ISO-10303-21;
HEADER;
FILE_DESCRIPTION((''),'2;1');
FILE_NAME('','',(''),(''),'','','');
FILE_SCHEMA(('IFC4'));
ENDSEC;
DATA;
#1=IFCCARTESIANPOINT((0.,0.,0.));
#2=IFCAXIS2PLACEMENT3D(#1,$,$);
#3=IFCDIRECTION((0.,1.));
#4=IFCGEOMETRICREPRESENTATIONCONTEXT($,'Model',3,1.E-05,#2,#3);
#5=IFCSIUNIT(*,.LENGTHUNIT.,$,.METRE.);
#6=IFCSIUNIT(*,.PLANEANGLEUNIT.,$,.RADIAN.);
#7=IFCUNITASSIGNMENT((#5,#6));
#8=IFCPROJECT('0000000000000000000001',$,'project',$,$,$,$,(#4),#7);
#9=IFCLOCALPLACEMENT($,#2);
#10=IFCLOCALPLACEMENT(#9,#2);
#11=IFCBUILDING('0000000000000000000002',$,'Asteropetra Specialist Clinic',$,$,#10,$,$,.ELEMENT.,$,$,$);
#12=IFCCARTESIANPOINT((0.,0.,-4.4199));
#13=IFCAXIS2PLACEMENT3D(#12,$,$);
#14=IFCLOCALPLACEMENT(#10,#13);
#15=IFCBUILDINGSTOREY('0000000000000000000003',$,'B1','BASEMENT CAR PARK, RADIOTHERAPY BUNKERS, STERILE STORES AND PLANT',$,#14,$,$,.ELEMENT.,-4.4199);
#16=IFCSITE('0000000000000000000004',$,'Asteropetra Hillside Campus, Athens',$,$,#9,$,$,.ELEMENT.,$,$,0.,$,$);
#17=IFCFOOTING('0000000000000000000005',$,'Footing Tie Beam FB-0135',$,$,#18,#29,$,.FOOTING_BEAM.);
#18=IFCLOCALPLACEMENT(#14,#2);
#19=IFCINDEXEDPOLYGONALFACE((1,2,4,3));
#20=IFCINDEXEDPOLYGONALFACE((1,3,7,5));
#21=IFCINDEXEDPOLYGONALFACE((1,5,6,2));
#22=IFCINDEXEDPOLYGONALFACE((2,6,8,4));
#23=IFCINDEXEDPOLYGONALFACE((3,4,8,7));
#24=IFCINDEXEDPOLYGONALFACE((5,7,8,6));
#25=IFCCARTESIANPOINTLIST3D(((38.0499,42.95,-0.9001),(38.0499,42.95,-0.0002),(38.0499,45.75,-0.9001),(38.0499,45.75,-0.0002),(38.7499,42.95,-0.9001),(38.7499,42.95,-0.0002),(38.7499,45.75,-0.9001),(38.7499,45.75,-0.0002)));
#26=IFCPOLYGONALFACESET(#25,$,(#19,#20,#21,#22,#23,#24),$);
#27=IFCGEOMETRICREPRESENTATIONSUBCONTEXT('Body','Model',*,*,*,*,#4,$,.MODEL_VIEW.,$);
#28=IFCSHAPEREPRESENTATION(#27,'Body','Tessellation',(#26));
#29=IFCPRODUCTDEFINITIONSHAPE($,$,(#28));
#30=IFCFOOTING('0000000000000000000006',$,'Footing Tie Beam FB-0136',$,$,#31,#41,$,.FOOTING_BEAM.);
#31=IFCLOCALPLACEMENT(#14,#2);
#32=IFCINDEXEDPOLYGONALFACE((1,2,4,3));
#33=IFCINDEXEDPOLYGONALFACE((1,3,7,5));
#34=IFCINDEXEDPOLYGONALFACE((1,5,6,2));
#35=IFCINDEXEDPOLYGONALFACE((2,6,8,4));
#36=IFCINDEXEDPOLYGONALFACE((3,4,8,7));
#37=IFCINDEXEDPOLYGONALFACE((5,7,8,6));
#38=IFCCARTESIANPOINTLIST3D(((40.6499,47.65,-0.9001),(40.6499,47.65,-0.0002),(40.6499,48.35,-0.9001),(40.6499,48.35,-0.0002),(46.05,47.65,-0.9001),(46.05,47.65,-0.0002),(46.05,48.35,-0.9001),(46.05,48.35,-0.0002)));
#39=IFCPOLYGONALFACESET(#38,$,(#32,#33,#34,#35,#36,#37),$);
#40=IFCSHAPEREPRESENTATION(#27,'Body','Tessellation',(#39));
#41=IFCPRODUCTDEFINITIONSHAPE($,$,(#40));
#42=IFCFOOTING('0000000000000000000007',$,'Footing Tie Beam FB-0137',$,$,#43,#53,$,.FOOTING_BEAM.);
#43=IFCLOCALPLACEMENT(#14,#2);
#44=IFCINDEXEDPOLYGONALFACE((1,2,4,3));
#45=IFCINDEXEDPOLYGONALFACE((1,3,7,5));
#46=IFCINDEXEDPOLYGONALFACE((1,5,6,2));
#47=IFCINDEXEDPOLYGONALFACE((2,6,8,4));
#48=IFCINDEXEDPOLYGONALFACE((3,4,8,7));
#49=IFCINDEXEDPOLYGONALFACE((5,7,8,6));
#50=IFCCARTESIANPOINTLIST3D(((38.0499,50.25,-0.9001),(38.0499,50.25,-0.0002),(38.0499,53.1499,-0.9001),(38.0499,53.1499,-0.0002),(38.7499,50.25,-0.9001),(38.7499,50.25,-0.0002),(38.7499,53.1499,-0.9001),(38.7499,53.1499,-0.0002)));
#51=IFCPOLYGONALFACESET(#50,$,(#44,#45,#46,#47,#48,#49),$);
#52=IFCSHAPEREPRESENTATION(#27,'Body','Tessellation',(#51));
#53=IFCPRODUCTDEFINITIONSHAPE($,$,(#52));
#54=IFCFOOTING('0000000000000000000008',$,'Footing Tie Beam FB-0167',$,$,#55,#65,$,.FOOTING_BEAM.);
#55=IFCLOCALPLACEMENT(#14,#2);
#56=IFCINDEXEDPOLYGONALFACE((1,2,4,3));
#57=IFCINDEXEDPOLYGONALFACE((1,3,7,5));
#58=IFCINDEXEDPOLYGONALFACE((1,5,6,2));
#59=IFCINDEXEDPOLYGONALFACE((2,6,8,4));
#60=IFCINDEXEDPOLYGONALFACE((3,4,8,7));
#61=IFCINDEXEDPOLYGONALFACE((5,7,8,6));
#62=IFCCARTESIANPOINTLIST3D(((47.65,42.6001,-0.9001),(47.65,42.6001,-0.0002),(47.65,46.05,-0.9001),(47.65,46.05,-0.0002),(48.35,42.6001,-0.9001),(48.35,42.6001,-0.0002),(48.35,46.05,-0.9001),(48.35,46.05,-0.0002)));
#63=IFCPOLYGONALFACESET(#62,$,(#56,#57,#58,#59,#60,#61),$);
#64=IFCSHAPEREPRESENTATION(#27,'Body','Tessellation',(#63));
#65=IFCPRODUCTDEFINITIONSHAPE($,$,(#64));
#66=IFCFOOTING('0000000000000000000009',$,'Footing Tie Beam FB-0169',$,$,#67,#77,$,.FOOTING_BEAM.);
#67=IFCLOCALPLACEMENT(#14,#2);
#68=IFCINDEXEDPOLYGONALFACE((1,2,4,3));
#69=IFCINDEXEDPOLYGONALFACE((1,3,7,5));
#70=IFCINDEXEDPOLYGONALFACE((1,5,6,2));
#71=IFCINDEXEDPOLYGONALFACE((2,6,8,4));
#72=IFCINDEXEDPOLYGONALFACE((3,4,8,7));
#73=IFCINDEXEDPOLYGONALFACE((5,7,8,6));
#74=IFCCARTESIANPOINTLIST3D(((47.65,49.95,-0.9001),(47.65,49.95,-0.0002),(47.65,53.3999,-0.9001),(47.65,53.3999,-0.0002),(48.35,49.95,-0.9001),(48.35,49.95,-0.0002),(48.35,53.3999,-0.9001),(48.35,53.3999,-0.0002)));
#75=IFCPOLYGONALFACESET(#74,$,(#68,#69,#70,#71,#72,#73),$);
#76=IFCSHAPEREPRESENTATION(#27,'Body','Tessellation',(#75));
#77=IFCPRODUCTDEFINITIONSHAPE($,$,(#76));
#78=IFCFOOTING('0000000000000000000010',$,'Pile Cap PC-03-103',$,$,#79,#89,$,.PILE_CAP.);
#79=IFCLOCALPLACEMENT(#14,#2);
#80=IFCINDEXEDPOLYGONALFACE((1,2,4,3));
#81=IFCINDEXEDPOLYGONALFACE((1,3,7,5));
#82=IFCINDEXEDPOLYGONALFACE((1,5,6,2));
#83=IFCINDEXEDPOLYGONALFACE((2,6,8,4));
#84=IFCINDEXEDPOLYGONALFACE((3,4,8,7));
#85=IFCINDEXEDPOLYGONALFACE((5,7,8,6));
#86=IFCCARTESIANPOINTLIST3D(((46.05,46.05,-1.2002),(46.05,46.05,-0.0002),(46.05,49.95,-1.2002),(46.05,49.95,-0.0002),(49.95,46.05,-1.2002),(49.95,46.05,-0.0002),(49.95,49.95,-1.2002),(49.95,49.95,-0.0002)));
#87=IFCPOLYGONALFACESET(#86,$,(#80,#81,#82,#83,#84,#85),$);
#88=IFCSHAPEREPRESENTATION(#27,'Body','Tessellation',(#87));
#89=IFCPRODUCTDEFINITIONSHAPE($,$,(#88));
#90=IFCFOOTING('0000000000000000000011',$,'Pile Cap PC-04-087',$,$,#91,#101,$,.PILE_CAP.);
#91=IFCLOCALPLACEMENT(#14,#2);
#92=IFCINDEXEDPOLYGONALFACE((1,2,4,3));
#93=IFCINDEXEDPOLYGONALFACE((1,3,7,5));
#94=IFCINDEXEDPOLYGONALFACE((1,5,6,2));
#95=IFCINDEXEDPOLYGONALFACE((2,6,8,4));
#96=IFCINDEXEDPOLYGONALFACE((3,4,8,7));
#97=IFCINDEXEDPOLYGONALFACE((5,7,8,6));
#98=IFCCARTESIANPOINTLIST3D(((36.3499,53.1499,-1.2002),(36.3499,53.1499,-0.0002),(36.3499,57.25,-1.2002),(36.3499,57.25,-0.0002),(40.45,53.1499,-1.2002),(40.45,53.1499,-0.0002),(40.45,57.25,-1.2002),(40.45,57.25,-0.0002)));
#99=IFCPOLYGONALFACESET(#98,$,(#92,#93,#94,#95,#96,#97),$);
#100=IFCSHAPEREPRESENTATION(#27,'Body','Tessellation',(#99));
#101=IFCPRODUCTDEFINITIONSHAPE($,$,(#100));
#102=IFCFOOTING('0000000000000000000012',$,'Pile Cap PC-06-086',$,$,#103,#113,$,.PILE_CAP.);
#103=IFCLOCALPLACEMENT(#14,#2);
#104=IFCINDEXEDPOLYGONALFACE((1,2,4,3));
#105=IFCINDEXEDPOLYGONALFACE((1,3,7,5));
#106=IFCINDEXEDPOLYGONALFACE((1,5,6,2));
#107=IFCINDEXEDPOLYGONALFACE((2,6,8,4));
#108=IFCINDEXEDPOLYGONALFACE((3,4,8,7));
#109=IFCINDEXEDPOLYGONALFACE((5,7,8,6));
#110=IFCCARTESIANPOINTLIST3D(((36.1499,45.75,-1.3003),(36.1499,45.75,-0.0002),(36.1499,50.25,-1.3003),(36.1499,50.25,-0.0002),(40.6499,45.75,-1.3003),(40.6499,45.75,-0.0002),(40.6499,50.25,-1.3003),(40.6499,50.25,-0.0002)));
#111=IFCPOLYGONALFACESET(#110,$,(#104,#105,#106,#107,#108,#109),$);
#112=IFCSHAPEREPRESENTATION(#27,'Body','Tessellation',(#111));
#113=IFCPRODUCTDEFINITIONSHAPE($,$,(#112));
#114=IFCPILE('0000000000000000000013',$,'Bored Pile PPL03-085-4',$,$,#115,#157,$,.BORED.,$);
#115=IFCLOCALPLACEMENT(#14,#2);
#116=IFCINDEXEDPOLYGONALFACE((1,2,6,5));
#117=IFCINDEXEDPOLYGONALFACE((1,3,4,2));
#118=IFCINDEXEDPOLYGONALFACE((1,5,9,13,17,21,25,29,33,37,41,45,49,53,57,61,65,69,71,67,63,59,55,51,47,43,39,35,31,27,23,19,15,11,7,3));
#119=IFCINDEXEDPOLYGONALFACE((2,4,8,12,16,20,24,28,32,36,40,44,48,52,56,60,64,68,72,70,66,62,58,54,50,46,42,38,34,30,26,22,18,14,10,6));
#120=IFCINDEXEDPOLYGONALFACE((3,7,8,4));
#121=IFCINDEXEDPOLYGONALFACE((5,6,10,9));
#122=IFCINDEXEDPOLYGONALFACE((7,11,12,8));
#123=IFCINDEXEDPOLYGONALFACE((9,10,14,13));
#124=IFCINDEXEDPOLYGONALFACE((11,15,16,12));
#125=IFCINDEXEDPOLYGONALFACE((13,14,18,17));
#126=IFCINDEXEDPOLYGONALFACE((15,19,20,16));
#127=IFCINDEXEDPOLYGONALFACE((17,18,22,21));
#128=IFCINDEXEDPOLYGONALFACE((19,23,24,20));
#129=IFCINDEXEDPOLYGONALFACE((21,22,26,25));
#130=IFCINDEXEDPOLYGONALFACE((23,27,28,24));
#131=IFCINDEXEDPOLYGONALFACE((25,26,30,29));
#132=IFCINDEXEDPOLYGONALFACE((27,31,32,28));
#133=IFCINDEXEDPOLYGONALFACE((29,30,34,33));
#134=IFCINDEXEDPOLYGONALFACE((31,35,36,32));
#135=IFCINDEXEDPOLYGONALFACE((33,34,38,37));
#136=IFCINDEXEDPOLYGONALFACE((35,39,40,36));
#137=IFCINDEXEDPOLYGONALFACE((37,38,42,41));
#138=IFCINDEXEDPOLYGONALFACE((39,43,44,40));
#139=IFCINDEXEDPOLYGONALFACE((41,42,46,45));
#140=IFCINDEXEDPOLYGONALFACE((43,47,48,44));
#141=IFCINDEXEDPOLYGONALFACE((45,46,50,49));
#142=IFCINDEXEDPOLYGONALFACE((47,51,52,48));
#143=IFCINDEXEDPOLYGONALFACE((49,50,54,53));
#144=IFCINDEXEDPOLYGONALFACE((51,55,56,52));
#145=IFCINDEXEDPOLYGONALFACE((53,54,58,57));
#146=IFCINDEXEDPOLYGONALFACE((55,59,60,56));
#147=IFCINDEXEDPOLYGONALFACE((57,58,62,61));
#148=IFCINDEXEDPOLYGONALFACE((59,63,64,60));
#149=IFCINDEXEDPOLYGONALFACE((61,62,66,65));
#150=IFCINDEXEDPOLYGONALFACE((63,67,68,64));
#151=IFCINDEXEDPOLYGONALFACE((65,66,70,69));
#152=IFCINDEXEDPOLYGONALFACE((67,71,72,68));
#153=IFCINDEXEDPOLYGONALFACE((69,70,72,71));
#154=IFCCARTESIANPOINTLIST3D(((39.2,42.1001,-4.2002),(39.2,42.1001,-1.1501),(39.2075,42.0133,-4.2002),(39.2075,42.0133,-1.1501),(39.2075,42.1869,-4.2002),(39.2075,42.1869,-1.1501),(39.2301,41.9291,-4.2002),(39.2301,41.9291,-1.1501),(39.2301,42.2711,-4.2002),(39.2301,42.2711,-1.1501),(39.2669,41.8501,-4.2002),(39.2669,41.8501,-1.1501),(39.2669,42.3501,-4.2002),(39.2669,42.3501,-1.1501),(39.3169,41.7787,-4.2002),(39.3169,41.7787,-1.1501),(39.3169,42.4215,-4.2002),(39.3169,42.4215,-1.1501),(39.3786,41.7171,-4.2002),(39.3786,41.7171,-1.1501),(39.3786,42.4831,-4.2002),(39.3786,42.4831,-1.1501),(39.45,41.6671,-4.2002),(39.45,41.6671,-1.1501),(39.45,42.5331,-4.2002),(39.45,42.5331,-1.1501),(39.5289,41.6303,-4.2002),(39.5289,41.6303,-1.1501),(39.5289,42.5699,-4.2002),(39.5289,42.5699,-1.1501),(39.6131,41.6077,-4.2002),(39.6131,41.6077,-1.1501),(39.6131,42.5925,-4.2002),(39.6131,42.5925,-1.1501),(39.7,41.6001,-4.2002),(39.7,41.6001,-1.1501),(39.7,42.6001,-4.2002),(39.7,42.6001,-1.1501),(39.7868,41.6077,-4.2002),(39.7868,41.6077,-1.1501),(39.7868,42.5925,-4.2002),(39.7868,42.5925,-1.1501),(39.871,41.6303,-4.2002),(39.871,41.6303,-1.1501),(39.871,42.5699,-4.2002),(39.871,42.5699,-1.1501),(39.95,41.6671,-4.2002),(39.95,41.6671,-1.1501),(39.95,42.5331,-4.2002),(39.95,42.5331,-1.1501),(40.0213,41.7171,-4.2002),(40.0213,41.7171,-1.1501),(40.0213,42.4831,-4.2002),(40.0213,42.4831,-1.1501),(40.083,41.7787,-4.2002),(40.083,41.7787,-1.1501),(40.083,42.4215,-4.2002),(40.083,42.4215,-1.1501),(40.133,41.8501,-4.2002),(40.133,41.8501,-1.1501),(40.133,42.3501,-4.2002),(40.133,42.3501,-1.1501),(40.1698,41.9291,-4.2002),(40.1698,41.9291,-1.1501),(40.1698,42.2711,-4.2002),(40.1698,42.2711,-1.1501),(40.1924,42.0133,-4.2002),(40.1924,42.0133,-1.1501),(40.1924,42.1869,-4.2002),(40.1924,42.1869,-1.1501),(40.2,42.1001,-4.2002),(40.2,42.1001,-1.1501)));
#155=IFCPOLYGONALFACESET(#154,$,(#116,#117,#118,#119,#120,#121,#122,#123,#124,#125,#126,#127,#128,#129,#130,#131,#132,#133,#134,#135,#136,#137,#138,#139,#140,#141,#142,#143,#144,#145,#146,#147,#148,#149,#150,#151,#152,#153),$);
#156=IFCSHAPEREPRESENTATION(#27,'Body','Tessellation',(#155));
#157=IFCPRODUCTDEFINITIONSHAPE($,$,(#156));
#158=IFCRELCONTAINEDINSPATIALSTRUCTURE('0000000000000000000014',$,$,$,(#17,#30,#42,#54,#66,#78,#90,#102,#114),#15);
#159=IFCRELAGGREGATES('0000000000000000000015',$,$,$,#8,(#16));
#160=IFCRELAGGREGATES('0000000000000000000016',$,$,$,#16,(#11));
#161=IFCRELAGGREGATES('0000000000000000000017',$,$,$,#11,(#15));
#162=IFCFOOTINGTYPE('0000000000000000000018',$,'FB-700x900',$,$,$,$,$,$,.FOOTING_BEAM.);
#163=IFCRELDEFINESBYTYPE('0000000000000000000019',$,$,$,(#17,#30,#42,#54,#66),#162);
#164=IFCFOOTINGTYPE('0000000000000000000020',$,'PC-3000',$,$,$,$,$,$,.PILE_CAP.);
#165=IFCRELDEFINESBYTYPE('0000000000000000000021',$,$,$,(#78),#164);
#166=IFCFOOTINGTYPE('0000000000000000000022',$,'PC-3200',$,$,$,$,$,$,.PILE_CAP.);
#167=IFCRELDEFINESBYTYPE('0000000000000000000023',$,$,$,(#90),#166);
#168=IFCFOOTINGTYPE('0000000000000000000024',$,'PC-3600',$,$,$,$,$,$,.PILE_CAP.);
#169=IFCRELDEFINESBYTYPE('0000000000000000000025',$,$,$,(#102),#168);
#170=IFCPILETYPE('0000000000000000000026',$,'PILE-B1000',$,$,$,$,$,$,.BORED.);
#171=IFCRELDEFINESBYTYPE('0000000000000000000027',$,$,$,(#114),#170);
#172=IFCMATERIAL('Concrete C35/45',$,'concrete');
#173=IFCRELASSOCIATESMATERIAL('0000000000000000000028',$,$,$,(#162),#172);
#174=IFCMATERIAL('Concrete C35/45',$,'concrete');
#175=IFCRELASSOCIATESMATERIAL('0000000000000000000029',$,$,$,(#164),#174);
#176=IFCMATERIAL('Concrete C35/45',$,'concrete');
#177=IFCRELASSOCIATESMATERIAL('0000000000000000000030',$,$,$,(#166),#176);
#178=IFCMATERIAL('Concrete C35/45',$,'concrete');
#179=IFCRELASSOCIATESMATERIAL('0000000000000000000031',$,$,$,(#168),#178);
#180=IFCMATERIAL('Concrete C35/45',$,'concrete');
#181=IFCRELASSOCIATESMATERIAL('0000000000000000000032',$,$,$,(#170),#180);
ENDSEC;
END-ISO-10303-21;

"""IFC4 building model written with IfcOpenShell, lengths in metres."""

from ifc_helpers import new_model, si_unit, direction, frame, origin, origin_2d, place, context, subcontext, project, spatial, rectangle, circle, extrude, material, material_profile, profile_set, type_object, element, save


model = new_model("IFC4")

# Units and contexts
model_context = context("Model", 3, precision=1e-05, world=origin(), true_north=direction((0.0, 1.0)))
body_context = subcontext(model_context, "Body", "Model", "MODEL_VIEW")
ifc_project = project(units=[si_unit("LENGTHUNIT", "METRE"), si_unit("PLANEANGLEUNIT", "RADIAN")], contexts=[model_context])

# Site, building, storey
site_placement = place(None, origin())
site = spatial("IfcSite", under=ifc_project, at=site_placement, Name="Asteropetra Hillside Campus, Athens", CompositionType="ELEMENT", RefElevation=0.0)
building_placement = place(site_placement, origin())
building = spatial("IfcBuilding", under=site, at=building_placement, Name="Asteropetra Specialist Clinic", CompositionType="ELEMENT")
storey_placement = place(building_placement, frame((0.0, 0.0, -4.4199)))
storey = spatial("IfcBuildingStorey", under=building, at=storey_placement, Name="B1", Description="BASEMENT CAR PARK, RADIOTHERAPY BUNKERS, STERILE STORES AND PLANT", CompositionType="ELEMENT", Elevation=-4.4199)

# Footings
ifc_material_1 = material(Name="Concrete C35/45", Category="concrete")
ifc_material_profile_1 = material_profile(ifc_material_1, rectangle(XDim=0.7, YDim=0.8999, at=origin_2d()), Name="FB 700x900")
ifc_profile_set_1 = profile_set([ifc_material_profile_1], Name="Concrete C35/45")
footing_type_1 = type_object("IfcFootingType", Name="FB-700x900", PredefinedType="FOOTING_BEAM", material=ifc_profile_set_1)
footing_1_placement = place(storey_placement, frame((38.3999, 42.95, -0.4502), z_axis=(0.0, 1.0, 0.0), x_axis=(-1.0, 0.0, 0.0)))
element("IfcFooting", 1, at=footing_1_placement, inside=storey, type_object=footing_type_1, Name="Footing Tie Beam FB-0135", PredefinedType="FOOTING_BEAM", context=body_context, shape_type="SweptSolid", body=[
    extrude(rectangle(XDim=0.7, YDim=0.8999, at=origin_2d()), origin(), (0.0, 0.0, 1.0), 2.8),
])
footing_2_placement = place(storey_placement, frame((40.6499, 48.0, -0.4502), z_axis=(1.0, 0.0, 0.0), x_axis=(0.0, 1.0, 0.0)))
element("IfcFooting", 2, at=footing_2_placement, inside=storey, type_object=footing_type_1, Name="Footing Tie Beam FB-0136", PredefinedType="FOOTING_BEAM", context=body_context, shape_type="SweptSolid", body=[
    extrude(rectangle(XDim=0.7, YDim=0.8999, at=origin_2d()), origin(), (0.0, 0.0, 1.0), 5.4001),
])
footing_3_placement = place(storey_placement, frame((38.3999, 50.25, -0.4502), z_axis=(0.0, 1.0, 0.0), x_axis=(-1.0, 0.0, 0.0)))
element("IfcFooting", 3, at=footing_3_placement, inside=storey, type_object=footing_type_1, Name="Footing Tie Beam FB-0137", PredefinedType="FOOTING_BEAM", context=body_context, shape_type="SweptSolid", body=[
    extrude(rectangle(XDim=0.7, YDim=0.8999, at=origin_2d()), origin(), (0.0, 0.0, 1.0), 2.8999),
])
for number, where, z_axis, x_axis, name in (
    (4, (48.0, 42.6001, -0.4502), (0.0, 1.0, 0.0), (-1.0, 0.0, 0.0), "Footing Tie Beam FB-0167"),
    (5, (48.0, 49.95, -0.4502), (0.0, 1.0, 0.0), (-1.0, 0.0, 0.0), "Footing Tie Beam FB-0169"),
):
    element("IfcFooting", number, at=place(storey_placement, frame(where, z_axis=z_axis, x_axis=x_axis)), inside=storey, type_object=footing_type_1, Name=name, PredefinedType="FOOTING_BEAM", context=body_context, shape_type="SweptSolid", body=[
        extrude(rectangle(XDim=0.7, YDim=0.8999, at=origin_2d()), origin(), (0.0, 0.0, 1.0), 3.45),
    ])
ifc_material_2 = material(Name="Concrete C35/45", Category="concrete")
footing_type_2 = type_object("IfcFootingType", Name="PC-3000", PredefinedType="PILE_CAP", material=ifc_material_2)
footing_4_placement = place(storey_placement, frame((48.0, 48.0, -1.2002), z_axis=(0.0, 0.0, 1.0), x_axis=(1.0, 0.0, 0.0)))
element("IfcFooting", 6, at=footing_4_placement, inside=storey, type_object=footing_type_2, Name="Pile Cap PC-03-103", PredefinedType="PILE_CAP", context=body_context, shape_type="SweptSolid", body=[
    extrude(rectangle(XDim=3.8999, YDim=3.8999, at=origin_2d()), origin(), (0.0, 0.0, 1.0), 1.2),
])
ifc_material_3 = material(Name="Concrete C35/45", Category="concrete")
footing_type_3 = type_object("IfcFootingType", Name="PC-3200", PredefinedType="PILE_CAP", material=ifc_material_3)
footing_5_placement = place(storey_placement, frame((38.3999, 55.2, -1.2002), z_axis=(0.0, 0.0, 1.0), x_axis=(1.0, 0.0, 0.0)))
element("IfcFooting", 7, at=footing_5_placement, inside=storey, type_object=footing_type_3, Name="Pile Cap PC-04-087", PredefinedType="PILE_CAP", context=body_context, shape_type="SweptSolid", body=[
    extrude(rectangle(XDim=4.1001, YDim=4.1001, at=origin_2d()), origin(), (0.0, 0.0, 1.0), 1.2),
])
ifc_material_4 = material(Name="Concrete C35/45", Category="concrete")
footing_type_4 = type_object("IfcFootingType", Name="PC-3600", PredefinedType="PILE_CAP", material=ifc_material_4)
footing_6_placement = place(storey_placement, frame((38.3999, 48.0, -1.3003), z_axis=(0.0, 0.0, 1.0), x_axis=(1.0, 0.0, 0.0)))
element("IfcFooting", 8, at=footing_6_placement, inside=storey, type_object=footing_type_4, Name="Pile Cap PC-06-086", PredefinedType="PILE_CAP", context=body_context, shape_type="SweptSolid", body=[
    extrude(rectangle(XDim=4.5, YDim=4.5, at=origin_2d()), origin(), (0.0, 0.0, 1.0), 1.3),
])

# Pile
ifc_material_5 = material(Name="Concrete C35/45", Category="concrete")
ifc_material_profile_2 = material_profile(ifc_material_5, circle(Radius=0.5, at=origin_2d()), Name="PILE D1000")
ifc_profile_set_2 = profile_set([ifc_material_profile_2], Name="Concrete C35/45")
pile_type_1 = type_object("IfcPileType", Name="PILE-B1000", PredefinedType="BORED", material=ifc_profile_set_2)
pile_placement = place(storey_placement, frame((39.7, 42.1001, -1.1501), z_axis=(0.0, 0.0, -1.0), x_axis=(1.0, 0.0, 0.0)))
element("IfcPile", 9, at=pile_placement, inside=storey, type_object=pile_type_1, Name="Bored Pile PPL03-085-4", PredefinedType="BORED", context=body_context, shape_type="SweptSolid", body=[
    extrude(circle(Radius=0.5, at=origin_2d()), origin(), (0.0, 0.0, 1.0), 3.05),
])

save(model, "model.ifc")
